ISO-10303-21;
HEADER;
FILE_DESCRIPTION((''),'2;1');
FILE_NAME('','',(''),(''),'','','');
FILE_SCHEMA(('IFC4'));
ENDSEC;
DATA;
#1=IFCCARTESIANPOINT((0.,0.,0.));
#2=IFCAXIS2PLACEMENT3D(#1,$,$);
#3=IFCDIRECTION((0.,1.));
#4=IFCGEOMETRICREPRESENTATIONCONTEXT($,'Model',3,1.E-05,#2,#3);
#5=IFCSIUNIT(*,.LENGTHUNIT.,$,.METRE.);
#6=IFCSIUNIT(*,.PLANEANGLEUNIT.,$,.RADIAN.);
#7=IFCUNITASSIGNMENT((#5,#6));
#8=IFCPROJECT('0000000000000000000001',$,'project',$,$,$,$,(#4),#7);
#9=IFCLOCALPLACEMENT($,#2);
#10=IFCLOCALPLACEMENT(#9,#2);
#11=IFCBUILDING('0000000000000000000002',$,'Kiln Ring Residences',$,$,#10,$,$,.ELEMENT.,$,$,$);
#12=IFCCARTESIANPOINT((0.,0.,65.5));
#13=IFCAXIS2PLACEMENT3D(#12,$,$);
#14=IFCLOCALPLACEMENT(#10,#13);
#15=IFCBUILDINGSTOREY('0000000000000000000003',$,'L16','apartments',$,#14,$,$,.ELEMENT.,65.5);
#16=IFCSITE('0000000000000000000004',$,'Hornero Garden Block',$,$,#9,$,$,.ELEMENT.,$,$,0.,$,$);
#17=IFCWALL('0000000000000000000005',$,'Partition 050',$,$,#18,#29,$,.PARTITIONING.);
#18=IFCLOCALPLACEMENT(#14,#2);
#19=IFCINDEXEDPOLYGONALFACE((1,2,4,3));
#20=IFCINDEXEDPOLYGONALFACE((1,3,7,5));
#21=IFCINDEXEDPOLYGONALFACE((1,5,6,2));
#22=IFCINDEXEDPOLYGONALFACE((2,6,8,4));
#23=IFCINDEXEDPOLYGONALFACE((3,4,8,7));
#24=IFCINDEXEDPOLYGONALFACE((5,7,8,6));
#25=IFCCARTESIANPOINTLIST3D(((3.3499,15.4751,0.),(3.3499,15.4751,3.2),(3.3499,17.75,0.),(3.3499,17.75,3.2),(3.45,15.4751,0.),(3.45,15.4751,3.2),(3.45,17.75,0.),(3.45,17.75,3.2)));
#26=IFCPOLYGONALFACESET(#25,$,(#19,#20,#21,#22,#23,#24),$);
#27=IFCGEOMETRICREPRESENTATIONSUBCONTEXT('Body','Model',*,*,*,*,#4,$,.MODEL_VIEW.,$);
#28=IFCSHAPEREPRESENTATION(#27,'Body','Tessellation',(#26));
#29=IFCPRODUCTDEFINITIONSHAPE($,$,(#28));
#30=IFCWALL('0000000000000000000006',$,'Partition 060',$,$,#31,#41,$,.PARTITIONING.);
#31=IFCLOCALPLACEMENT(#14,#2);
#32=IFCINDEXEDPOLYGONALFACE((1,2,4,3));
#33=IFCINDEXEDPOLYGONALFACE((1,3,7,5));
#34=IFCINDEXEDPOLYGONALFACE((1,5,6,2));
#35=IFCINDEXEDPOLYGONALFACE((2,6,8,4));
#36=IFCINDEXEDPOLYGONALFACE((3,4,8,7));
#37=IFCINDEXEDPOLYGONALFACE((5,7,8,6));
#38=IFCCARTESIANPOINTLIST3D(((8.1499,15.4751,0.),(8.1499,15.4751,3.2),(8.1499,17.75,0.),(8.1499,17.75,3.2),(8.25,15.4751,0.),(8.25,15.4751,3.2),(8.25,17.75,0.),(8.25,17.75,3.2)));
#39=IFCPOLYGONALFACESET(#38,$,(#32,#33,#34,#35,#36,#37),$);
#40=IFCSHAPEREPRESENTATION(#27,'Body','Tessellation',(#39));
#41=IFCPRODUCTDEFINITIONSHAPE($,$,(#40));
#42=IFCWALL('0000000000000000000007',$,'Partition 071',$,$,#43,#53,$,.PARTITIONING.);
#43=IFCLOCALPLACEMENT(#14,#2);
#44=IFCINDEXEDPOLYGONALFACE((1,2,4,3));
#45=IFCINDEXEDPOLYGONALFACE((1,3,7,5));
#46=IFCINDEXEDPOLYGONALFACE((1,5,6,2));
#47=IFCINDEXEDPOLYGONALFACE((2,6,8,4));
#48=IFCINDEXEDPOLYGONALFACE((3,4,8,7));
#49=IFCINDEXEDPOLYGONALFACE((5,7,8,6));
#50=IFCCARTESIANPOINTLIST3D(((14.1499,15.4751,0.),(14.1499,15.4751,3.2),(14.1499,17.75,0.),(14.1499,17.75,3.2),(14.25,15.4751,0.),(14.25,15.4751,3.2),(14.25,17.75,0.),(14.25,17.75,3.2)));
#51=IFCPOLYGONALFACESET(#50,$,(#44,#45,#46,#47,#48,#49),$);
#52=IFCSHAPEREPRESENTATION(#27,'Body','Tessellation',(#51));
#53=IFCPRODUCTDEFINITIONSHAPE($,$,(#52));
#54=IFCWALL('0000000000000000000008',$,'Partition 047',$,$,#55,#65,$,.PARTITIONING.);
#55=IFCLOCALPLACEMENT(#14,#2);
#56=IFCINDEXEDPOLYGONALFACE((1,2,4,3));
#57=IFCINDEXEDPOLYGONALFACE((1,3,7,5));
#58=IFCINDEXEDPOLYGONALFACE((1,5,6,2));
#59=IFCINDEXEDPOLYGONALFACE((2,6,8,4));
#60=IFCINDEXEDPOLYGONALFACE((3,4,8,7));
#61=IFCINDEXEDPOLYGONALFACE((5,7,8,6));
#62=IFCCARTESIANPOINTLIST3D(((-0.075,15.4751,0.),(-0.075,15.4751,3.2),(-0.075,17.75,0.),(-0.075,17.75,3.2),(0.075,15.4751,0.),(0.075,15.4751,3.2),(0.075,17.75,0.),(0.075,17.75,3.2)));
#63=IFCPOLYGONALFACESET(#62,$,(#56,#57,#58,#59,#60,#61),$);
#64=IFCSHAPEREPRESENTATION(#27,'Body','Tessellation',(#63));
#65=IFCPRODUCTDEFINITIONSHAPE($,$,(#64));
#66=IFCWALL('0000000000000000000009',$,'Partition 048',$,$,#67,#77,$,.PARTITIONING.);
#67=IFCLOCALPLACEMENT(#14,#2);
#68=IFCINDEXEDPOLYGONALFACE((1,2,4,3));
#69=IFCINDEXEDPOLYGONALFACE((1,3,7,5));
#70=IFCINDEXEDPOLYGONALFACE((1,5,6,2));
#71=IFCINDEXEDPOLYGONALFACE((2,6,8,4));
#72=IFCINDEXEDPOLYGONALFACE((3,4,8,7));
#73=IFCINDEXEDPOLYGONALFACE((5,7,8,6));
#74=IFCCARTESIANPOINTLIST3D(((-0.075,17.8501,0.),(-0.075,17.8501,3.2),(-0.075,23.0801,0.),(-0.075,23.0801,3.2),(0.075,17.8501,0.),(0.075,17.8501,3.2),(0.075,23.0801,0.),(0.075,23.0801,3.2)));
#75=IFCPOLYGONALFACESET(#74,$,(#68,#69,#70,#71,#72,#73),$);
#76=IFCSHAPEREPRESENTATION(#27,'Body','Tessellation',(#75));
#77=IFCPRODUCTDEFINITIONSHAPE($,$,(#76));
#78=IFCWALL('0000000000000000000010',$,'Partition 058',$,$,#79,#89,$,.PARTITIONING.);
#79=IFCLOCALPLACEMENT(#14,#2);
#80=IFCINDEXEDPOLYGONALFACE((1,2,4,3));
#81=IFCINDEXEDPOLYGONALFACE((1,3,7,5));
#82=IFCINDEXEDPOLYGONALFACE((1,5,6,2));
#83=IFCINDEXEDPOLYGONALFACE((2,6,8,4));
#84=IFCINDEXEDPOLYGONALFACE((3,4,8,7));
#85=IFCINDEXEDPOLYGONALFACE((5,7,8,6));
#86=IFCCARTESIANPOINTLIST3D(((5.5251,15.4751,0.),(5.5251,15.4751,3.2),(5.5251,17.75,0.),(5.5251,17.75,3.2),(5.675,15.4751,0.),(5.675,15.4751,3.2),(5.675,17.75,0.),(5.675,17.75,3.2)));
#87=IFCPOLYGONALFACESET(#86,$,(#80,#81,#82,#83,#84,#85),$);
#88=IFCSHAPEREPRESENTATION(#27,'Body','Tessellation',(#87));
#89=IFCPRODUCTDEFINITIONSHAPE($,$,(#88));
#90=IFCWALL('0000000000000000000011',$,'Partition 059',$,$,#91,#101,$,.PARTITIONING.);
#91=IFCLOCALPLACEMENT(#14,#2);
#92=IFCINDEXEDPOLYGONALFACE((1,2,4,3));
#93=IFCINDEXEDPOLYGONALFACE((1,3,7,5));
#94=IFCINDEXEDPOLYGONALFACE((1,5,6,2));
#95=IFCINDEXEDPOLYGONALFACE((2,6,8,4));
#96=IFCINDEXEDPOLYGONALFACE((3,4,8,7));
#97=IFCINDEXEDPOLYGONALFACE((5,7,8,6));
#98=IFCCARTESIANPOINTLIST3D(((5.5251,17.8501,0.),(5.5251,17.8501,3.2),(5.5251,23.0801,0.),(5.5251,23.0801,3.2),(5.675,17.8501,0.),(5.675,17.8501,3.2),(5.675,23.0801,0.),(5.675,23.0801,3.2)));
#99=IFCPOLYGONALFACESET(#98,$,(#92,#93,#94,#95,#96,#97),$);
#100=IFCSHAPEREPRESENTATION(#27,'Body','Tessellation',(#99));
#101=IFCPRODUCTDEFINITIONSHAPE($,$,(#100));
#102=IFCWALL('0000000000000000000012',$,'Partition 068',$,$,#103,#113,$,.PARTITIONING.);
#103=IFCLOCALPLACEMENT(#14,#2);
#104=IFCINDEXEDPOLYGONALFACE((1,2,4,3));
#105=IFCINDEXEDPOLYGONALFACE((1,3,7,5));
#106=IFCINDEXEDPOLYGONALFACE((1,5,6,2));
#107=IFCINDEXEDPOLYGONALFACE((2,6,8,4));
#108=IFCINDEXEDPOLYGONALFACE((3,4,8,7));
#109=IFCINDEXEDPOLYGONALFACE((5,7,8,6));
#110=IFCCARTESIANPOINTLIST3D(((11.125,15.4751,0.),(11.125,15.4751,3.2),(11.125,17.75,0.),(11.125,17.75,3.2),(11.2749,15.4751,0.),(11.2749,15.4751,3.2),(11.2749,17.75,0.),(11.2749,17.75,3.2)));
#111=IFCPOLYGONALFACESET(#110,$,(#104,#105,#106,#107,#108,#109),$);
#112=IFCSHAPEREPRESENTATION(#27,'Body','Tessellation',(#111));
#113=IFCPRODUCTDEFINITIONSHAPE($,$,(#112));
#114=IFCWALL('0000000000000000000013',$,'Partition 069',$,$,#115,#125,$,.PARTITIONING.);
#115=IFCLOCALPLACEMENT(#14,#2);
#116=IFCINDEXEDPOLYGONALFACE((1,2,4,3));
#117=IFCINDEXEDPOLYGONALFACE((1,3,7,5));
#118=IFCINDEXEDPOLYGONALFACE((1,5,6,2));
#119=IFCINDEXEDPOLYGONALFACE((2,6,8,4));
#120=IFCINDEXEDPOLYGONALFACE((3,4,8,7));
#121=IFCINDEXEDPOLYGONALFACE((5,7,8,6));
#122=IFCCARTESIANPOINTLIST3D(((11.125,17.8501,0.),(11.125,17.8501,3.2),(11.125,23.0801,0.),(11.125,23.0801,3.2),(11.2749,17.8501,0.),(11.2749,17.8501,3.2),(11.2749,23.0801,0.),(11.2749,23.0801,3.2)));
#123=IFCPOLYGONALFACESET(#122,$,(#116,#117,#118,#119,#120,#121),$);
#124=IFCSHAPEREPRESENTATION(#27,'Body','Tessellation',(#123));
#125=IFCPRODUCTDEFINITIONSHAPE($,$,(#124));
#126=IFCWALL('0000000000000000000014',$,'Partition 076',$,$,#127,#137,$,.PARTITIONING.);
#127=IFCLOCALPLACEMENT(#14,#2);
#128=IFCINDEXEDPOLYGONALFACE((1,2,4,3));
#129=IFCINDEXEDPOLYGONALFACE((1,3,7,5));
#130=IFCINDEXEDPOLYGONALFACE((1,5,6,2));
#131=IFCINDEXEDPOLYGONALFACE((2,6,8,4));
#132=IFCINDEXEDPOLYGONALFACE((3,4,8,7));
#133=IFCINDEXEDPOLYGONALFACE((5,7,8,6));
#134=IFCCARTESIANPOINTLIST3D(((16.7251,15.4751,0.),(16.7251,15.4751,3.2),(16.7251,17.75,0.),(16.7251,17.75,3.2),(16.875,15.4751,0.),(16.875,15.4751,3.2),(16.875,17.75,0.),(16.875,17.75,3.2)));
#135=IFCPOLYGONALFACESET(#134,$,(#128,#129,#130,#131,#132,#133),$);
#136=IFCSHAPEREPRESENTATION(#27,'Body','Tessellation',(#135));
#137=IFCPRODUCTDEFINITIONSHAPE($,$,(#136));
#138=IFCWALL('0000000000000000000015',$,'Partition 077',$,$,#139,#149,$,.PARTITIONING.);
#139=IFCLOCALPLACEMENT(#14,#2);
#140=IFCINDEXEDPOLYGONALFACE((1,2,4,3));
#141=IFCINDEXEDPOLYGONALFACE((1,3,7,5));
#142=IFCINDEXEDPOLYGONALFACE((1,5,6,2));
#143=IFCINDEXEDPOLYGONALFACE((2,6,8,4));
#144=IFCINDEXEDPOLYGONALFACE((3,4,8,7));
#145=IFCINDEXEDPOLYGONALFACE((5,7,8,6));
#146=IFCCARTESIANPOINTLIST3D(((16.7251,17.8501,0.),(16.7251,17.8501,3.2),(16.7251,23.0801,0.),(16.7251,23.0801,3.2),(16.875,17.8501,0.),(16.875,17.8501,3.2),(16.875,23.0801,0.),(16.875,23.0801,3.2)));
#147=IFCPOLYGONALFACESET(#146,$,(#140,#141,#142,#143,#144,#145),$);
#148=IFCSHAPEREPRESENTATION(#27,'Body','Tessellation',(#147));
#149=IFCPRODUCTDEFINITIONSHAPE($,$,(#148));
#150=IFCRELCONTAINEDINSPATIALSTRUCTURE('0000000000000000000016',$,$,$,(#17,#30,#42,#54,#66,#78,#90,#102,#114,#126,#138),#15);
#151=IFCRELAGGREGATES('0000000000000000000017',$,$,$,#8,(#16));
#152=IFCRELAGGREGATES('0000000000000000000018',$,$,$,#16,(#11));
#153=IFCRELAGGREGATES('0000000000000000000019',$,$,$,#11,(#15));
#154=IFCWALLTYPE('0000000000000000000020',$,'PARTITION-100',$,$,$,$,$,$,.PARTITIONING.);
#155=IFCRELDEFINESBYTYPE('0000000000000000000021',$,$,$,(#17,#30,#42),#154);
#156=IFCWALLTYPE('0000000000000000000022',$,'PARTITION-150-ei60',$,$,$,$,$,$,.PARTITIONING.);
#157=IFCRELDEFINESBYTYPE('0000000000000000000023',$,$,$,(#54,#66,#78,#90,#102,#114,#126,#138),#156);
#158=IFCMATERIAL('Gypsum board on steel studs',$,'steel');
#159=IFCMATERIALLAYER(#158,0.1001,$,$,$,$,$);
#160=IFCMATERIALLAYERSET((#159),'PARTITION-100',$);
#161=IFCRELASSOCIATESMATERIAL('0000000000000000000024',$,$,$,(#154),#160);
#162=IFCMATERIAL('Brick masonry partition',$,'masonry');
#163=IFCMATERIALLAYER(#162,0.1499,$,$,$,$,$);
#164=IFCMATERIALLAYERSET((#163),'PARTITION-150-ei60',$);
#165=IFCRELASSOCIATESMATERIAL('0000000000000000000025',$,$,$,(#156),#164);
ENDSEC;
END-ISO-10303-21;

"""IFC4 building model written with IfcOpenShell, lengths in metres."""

from ifc_helpers import new_model, si_unit, direction, frame, frame_2d, origin, place, context, subcontext, project, spatial, rectangle, extrude, material, layer, layer_set, type_object, element, save


model = new_model("IFC4")

# Units and contexts
model_context = context("Model", 3, precision=1e-05, world=origin(), true_north=direction((0.0, 1.0)))
body_context = subcontext(model_context, "Body", "Model", "MODEL_VIEW")
ifc_project = project(units=[si_unit("LENGTHUNIT", "METRE"), si_unit("PLANEANGLEUNIT", "RADIAN")], contexts=[model_context])

# Site, building, storey
site_placement = place(None, origin())
site = spatial("IfcSite", under=ifc_project, at=site_placement, Name="Hornero Garden Block", CompositionType="ELEMENT", RefElevation=0.0)
building_placement = place(site_placement, origin())
building = spatial("IfcBuilding", under=site, at=building_placement, Name="Kiln Ring Residences", CompositionType="ELEMENT")
storey_placement = place(building_placement, frame((0.0, 0.0, 65.5)))
storey = spatial("IfcBuildingStorey", under=building, at=storey_placement, Name="L16", Description="apartments", CompositionType="ELEMENT", Elevation=65.5)

# Walls
ifc_material_1 = material(Name="Gypsum board on steel studs", Category="steel")
ifc_layer_1 = layer(ifc_material_1, 0.1001)
ifc_layer_set_1 = layer_set([ifc_layer_1], Name="PARTITION-100")
wall_type_1 = type_object("IfcWallType", Name="PARTITION-100", PredefinedType="PARTITIONING", material=ifc_layer_set_1)
for number, where, z_axis, x_axis, name in (
    (1, (3.3999, 15.4751, 0.0), (0.0, 0.0, 1.0), (0.0, 1.0, 0.0), "Partition 050"),
    (2, (8.2, 15.4751, 0.0), (0.0, 0.0, 1.0), (0.0, 1.0, 0.0), "Partition 060"),
    (3, (14.2, 15.4751, 0.0), (0.0, 0.0, 1.0), (0.0, 1.0, 0.0), "Partition 071"),
):
    element("IfcWall", number, at=place(storey_placement, frame(where, z_axis=z_axis, x_axis=x_axis)), inside=storey, type_object=wall_type_1, Name=name, PredefinedType="PARTITIONING", context=body_context, shape_type="SweptSolid", body=[
        extrude(rectangle(XDim=2.2749, YDim=0.1001, at=frame_2d((1.1375, 0.0))), origin(), (0.0, 0.0, 1.0), 3.2),
    ])
ifc_material_2 = material(Name="Brick masonry partition", Category="masonry")
ifc_layer_2 = layer(ifc_material_2, 0.1499)
ifc_layer_set_2 = layer_set([ifc_layer_2], Name="PARTITION-150-ei60")
wall_type_2 = type_object("IfcWallType", Name="PARTITION-150-ei60", PredefinedType="PARTITIONING", material=ifc_layer_set_2)
wall_1_placement = place(storey_placement, frame((0.0, 15.4751, 0.0), z_axis=(0.0, 0.0, 1.0), x_axis=(0.0, 1.0, 0.0)))
element("IfcWall", 4, at=wall_1_placement, inside=storey, type_object=wall_type_2, Name="Partition 047", PredefinedType="PARTITIONING", context=body_context, shape_type="SweptSolid", body=[
    extrude(rectangle(XDim=2.2749, YDim=0.1499, at=frame_2d((1.1375, 0.0))), origin(), (0.0, 0.0, 1.0), 3.2),
])
wall_2_placement = place(storey_placement, frame((0.0, 17.8501, 0.0), z_axis=(0.0, 0.0, 1.0), x_axis=(0.0, 1.0, 0.0)))
element("IfcWall", 5, at=wall_2_placement, inside=storey, type_object=wall_type_2, Name="Partition 048", PredefinedType="PARTITIONING", context=body_context, shape_type="SweptSolid", body=[
    extrude(rectangle(XDim=5.23, YDim=0.1499, at=frame_2d((2.615, 0.0))), origin(), (0.0, 0.0, 1.0), 3.2),
])
wall_3_placement = place(storey_placement, frame((5.6001, 15.4751, 0.0), z_axis=(0.0, 0.0, 1.0), x_axis=(0.0, 1.0, 0.0)))
element("IfcWall", 6, at=wall_3_placement, inside=storey, type_object=wall_type_2, Name="Partition 058", PredefinedType="PARTITIONING", context=body_context, shape_type="SweptSolid", body=[
    extrude(rectangle(XDim=2.2749, YDim=0.1499, at=frame_2d((1.1375, 0.0))), origin(), (0.0, 0.0, 1.0), 3.2),
])
wall_4_placement = place(storey_placement, frame((5.6001, 17.8501, 0.0), z_axis=(0.0, 0.0, 1.0), x_axis=(0.0, 1.0, 0.0)))
element("IfcWall", 7, at=wall_4_placement, inside=storey, type_object=wall_type_2, Name="Partition 059", PredefinedType="PARTITIONING", context=body_context, shape_type="SweptSolid", body=[
    extrude(rectangle(XDim=5.23, YDim=0.1499, at=frame_2d((2.615, 0.0))), origin(), (0.0, 0.0, 1.0), 3.2),
])
wall_5_placement = place(storey_placement, frame((11.2, 15.4751, 0.0), z_axis=(0.0, 0.0, 1.0), x_axis=(0.0, 1.0, 0.0)))
element("IfcWall", 8, at=wall_5_placement, inside=storey, type_object=wall_type_2, Name="Partition 068", PredefinedType="PARTITIONING", context=body_context, shape_type="SweptSolid", body=[
    extrude(rectangle(XDim=2.2749, YDim=0.1499, at=frame_2d((1.1375, 0.0))), origin(), (0.0, 0.0, 1.0), 3.2),
])
wall_6_placement = place(storey_placement, frame((11.2, 17.8501, 0.0), z_axis=(0.0, 0.0, 1.0), x_axis=(0.0, 1.0, 0.0)))
element("IfcWall", 9, at=wall_6_placement, inside=storey, type_object=wall_type_2, Name="Partition 069", PredefinedType="PARTITIONING", context=body_context, shape_type="SweptSolid", body=[
    extrude(rectangle(XDim=5.23, YDim=0.1499, at=frame_2d((2.615, 0.0))), origin(), (0.0, 0.0, 1.0), 3.2),
])
wall_7_placement = place(storey_placement, frame((16.8, 15.4751, 0.0), z_axis=(0.0, 0.0, 1.0), x_axis=(0.0, 1.0, 0.0)))
element("IfcWall", 10, at=wall_7_placement, inside=storey, type_object=wall_type_2, Name="Partition 076", PredefinedType="PARTITIONING", context=body_context, shape_type="SweptSolid", body=[
    extrude(rectangle(XDim=2.2749, YDim=0.1499, at=frame_2d((1.1375, 0.0))), origin(), (0.0, 0.0, 1.0), 3.2),
])
wall_8_placement = place(storey_placement, frame((16.8, 17.8501, 0.0), z_axis=(0.0, 0.0, 1.0), x_axis=(0.0, 1.0, 0.0)))
element("IfcWall", 11, at=wall_8_placement, inside=storey, type_object=wall_type_2, Name="Partition 077", PredefinedType="PARTITIONING", context=body_context, shape_type="SweptSolid", body=[
    extrude(rectangle(XDim=5.23, YDim=0.1499, at=frame_2d((2.615, 0.0))), origin(), (0.0, 0.0, 1.0), 3.2),
])

save(model, "model.ifc")
